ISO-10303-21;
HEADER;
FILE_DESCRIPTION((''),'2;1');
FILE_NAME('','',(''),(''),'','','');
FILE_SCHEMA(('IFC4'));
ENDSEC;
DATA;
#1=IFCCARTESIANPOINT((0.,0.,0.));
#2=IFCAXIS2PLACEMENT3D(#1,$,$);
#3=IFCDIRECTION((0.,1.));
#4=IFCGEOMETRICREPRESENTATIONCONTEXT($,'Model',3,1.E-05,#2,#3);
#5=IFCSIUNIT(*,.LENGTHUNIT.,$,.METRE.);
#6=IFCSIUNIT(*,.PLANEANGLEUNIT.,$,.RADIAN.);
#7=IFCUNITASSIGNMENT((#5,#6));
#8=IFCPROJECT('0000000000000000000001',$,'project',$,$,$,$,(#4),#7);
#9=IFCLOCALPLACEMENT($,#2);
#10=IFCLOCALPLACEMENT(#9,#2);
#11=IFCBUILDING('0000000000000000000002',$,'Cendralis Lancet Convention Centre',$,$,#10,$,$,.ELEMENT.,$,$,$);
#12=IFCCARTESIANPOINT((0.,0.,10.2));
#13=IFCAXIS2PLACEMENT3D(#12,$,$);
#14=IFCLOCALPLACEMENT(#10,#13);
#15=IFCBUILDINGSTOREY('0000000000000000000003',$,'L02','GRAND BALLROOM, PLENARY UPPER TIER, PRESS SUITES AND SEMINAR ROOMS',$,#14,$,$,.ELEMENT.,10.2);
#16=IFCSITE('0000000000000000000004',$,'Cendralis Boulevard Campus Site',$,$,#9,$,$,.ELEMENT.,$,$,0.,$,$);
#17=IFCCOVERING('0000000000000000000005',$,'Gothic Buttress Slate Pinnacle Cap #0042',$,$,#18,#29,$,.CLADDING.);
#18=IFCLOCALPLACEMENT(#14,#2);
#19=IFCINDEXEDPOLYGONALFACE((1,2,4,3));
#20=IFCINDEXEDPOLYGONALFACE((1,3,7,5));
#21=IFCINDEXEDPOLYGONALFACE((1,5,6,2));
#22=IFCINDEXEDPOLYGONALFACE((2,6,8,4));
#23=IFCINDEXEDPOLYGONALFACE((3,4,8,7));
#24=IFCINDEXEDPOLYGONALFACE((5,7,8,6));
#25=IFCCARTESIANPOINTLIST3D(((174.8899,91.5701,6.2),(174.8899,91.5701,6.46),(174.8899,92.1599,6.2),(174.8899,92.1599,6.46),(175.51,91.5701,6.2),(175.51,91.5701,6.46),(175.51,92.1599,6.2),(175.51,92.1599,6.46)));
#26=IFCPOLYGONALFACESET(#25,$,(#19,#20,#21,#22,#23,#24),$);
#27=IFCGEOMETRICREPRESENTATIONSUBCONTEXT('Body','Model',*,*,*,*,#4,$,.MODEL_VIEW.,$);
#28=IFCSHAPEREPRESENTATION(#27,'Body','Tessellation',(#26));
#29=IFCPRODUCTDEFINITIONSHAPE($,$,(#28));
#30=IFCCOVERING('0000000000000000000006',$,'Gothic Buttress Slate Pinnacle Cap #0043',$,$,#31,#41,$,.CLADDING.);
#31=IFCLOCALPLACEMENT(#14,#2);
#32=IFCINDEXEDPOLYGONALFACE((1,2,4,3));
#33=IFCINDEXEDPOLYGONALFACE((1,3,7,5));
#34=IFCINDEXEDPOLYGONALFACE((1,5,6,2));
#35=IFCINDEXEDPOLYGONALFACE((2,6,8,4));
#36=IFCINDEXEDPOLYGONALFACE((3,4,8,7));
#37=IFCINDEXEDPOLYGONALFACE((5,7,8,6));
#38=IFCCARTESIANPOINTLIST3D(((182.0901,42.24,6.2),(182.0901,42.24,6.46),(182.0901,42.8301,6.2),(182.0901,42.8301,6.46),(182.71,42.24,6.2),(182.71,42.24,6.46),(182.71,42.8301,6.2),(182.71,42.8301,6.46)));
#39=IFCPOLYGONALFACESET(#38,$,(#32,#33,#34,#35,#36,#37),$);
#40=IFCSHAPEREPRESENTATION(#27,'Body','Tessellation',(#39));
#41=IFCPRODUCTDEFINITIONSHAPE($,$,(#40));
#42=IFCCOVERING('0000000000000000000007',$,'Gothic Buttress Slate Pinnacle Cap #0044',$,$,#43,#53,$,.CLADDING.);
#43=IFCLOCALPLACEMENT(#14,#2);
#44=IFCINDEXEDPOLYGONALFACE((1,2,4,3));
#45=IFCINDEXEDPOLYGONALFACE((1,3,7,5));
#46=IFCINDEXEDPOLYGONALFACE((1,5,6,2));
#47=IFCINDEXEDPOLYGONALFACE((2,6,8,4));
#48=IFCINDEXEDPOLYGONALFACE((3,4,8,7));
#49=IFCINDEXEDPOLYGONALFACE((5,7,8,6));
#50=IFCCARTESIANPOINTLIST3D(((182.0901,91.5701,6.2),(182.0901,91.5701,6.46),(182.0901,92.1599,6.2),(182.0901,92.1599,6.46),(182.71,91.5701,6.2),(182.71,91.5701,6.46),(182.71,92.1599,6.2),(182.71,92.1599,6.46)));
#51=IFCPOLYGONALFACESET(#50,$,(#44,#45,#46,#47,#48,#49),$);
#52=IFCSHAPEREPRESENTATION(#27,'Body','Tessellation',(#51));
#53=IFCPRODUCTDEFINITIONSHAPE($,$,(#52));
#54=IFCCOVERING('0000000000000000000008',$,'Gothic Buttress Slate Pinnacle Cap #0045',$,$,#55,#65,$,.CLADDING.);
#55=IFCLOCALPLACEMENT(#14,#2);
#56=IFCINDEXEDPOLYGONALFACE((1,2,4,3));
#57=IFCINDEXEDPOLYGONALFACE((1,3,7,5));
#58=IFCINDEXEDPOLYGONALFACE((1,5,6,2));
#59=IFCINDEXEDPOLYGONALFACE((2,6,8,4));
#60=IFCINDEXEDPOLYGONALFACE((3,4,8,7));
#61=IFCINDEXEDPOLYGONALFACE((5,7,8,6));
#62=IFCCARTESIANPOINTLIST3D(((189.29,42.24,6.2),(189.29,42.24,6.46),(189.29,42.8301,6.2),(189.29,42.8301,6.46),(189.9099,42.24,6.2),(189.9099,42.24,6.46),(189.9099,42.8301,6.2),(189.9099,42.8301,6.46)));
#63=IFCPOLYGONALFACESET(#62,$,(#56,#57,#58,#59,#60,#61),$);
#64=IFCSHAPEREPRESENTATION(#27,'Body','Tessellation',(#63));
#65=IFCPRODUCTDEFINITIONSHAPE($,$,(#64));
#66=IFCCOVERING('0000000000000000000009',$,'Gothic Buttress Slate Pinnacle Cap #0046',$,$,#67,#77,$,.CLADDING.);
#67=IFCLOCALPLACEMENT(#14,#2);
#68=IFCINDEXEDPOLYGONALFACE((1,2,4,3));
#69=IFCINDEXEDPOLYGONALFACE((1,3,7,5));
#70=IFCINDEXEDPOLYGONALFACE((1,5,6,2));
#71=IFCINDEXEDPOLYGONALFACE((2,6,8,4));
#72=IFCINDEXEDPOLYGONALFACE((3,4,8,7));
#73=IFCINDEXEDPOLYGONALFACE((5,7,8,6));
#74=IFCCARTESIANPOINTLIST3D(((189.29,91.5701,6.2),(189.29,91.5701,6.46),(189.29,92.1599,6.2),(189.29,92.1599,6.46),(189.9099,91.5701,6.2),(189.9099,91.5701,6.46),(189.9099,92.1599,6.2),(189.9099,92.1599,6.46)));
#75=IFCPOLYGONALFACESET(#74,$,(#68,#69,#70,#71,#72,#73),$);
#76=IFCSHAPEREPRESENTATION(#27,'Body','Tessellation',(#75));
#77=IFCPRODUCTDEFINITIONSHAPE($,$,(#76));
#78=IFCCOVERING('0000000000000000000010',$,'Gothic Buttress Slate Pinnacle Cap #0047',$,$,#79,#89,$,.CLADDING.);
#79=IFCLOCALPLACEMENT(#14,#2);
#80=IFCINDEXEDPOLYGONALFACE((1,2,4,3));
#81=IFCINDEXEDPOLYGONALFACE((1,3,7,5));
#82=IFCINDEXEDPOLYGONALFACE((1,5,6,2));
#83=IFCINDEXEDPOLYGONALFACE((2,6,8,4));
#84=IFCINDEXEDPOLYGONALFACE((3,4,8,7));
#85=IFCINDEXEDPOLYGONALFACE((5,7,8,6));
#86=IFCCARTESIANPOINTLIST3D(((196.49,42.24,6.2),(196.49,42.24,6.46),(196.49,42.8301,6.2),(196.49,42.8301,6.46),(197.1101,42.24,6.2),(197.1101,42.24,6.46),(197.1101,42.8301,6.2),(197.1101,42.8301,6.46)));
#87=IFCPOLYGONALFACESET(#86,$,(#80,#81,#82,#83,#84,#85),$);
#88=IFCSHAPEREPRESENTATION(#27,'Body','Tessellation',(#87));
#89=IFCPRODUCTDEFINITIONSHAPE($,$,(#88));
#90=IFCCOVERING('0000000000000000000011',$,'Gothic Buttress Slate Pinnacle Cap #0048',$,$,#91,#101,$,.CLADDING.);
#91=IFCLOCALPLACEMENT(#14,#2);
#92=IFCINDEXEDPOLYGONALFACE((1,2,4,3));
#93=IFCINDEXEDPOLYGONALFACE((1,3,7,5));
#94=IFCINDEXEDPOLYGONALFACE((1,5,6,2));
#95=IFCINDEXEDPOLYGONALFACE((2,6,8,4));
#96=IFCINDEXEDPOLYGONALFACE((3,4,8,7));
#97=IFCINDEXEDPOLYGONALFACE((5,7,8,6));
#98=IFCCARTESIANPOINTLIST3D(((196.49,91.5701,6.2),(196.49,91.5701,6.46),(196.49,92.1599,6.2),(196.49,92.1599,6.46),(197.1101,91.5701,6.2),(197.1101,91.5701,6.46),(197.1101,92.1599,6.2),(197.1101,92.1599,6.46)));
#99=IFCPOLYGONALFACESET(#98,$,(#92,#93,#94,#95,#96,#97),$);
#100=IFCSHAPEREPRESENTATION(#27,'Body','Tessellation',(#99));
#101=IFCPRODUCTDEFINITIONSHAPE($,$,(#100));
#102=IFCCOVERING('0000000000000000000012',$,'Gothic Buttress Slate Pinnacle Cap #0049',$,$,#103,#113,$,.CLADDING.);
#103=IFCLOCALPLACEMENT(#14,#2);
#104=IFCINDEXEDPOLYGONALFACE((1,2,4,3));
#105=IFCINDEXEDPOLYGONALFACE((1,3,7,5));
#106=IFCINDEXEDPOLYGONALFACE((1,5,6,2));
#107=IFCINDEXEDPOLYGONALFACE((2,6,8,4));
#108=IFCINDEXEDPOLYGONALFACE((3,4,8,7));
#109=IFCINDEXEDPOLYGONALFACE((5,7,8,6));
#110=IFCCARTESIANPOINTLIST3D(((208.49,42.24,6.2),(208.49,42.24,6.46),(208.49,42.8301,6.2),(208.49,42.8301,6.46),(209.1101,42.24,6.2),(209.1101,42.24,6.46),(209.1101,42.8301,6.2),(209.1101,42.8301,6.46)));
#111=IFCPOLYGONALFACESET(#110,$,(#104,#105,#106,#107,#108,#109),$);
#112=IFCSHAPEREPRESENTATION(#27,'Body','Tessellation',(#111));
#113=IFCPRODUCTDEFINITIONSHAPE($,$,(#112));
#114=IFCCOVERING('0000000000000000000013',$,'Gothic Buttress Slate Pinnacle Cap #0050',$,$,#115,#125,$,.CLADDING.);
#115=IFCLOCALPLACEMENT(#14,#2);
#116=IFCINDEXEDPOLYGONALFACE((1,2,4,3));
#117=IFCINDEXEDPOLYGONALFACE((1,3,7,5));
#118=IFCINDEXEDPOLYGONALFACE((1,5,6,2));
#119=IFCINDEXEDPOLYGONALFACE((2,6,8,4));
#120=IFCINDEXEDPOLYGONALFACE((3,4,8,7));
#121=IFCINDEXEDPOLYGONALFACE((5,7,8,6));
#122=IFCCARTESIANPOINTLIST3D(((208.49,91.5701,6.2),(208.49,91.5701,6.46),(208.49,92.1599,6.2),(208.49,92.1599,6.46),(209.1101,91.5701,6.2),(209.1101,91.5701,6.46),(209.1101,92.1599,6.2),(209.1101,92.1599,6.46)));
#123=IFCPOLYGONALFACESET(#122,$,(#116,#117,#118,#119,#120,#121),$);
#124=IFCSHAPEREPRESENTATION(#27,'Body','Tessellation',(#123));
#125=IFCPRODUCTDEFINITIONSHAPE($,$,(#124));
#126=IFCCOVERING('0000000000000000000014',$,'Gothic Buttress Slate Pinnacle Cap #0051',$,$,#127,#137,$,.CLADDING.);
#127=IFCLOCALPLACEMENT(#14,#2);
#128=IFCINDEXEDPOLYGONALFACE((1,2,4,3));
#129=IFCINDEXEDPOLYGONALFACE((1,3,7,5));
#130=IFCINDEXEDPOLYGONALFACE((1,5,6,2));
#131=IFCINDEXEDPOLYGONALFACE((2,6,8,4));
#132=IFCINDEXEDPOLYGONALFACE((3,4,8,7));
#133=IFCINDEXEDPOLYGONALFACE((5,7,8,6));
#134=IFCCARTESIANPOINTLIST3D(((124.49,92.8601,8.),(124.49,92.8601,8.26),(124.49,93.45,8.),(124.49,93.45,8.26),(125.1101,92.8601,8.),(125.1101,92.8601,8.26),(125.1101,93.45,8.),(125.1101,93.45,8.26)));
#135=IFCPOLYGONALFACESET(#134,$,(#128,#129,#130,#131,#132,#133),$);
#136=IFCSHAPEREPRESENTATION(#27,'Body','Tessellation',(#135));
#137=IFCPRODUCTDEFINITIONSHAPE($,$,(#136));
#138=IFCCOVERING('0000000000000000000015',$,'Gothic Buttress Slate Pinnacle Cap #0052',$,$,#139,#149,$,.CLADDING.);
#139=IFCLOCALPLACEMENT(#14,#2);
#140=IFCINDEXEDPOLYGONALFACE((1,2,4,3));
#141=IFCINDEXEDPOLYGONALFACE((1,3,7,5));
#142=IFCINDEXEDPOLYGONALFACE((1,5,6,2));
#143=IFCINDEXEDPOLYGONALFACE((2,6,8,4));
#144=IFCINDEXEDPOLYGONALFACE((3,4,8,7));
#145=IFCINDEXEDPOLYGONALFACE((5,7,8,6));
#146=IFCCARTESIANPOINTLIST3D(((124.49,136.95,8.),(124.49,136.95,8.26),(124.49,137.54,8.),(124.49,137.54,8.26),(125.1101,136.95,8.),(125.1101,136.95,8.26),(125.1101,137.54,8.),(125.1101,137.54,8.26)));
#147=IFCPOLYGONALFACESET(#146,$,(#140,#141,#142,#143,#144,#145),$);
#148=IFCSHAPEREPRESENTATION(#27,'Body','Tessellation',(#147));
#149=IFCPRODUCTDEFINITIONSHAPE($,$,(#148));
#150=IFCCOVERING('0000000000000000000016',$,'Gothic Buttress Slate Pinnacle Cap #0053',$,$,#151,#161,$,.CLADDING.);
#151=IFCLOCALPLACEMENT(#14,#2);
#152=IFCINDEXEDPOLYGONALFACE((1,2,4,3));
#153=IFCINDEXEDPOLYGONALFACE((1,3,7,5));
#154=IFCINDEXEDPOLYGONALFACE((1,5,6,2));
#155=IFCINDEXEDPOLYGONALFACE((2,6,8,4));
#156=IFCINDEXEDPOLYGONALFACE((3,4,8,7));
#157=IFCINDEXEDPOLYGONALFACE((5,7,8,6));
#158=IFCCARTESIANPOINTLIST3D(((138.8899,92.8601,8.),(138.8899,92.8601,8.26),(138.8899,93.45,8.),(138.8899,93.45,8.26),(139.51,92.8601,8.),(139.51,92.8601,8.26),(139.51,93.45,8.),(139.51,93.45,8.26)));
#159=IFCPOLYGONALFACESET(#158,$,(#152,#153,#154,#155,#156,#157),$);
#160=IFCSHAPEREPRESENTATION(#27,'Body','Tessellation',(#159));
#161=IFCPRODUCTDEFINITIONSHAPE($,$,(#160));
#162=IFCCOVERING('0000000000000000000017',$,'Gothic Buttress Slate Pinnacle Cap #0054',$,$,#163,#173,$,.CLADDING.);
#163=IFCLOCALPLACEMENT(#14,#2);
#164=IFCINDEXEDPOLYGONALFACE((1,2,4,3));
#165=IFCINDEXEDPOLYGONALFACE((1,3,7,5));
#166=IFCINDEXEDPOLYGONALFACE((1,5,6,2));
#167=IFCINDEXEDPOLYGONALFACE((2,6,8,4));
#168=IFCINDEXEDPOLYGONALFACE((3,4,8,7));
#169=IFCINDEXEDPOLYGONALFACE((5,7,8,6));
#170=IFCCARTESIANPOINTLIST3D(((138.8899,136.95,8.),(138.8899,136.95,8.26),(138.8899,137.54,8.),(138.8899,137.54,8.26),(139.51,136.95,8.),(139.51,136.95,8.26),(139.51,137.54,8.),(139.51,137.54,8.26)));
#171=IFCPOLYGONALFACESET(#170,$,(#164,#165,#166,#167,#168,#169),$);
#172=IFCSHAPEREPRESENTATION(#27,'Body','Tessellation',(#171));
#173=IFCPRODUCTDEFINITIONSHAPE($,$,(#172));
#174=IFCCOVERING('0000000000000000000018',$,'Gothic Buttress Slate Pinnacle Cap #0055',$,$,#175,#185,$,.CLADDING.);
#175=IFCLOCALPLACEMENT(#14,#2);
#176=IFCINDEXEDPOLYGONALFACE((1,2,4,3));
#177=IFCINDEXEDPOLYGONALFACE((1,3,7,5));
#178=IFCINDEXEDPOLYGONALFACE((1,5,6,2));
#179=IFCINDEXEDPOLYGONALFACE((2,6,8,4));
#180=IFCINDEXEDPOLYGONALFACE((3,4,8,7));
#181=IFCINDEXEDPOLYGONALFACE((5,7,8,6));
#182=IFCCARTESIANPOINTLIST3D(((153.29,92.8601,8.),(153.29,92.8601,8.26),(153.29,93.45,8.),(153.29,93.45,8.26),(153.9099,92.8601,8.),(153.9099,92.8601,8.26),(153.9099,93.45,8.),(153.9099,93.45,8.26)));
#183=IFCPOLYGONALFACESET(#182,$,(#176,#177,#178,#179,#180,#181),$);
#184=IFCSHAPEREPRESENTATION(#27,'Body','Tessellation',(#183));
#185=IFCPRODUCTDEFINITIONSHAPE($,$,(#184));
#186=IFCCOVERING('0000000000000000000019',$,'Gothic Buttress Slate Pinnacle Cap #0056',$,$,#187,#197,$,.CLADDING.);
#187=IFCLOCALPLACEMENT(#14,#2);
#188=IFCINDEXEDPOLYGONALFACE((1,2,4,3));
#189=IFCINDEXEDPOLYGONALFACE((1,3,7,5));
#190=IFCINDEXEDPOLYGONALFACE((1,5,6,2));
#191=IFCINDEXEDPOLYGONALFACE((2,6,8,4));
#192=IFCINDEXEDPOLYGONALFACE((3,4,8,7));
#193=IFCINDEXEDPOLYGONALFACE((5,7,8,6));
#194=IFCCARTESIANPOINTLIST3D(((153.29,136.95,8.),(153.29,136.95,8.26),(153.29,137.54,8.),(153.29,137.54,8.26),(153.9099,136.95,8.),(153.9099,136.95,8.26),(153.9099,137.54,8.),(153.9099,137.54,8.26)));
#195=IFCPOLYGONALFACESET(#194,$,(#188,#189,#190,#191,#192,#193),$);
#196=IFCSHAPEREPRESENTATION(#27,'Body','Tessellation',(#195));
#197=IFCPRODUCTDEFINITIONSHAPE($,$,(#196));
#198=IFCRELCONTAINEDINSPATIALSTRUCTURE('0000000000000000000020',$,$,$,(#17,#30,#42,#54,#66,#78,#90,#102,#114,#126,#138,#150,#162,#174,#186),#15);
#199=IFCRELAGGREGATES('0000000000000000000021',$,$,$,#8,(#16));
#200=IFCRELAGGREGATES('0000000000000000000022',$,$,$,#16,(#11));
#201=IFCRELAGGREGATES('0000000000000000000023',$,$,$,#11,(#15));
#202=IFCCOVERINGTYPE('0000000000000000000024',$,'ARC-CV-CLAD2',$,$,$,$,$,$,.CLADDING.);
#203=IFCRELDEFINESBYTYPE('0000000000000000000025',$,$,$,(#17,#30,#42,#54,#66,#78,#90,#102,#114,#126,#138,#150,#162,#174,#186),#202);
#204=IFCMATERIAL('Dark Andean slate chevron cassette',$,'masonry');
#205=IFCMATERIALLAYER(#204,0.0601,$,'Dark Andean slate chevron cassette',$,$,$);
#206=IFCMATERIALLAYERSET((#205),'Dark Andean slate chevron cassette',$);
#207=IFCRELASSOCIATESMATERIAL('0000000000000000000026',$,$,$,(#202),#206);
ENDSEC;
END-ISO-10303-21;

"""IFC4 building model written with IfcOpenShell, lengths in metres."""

from ifc_helpers import new_model, si_unit, direction, frame, origin, place, context, subcontext, project, spatial, polyline, outline, extrude, material, layer, layer_set, type_object, element, save


model = new_model("IFC4")

# Units and contexts
model_context = context("Model", 3, precision=1e-05, world=origin(), true_north=direction((0.0, 1.0)))
body_context = subcontext(model_context, "Body", "Model", "MODEL_VIEW")
ifc_project = project(units=[si_unit("LENGTHUNIT", "METRE"), si_unit("PLANEANGLEUNIT", "RADIAN")], contexts=[model_context])

# Site, building, storey
site_placement = place(None, origin())
site = spatial("IfcSite", under=ifc_project, at=site_placement, Name="Cendralis Boulevard Campus Site", CompositionType="ELEMENT", RefElevation=0.0)
building_placement = place(site_placement, origin())
building = spatial("IfcBuilding", under=site, at=building_placement, Name="Cendralis Lancet Convention Centre", CompositionType="ELEMENT")
storey_placement = place(building_placement, frame((0.0, 0.0, 10.2)))
storey = spatial("IfcBuildingStorey", under=building, at=storey_placement, Name="L02", Description="GRAND BALLROOM, PLENARY UPPER TIER, PRESS SUITES AND SEMINAR ROOMS", CompositionType="ELEMENT", Elevation=10.2)

# Coverings
ifc_material = material(Name="Dark Andean slate chevron cassette", Category="masonry")
ifc_layer = layer(ifc_material, 0.0601, Name="Dark Andean slate chevron cassette")
ifc_layer_set = layer_set([ifc_layer], Name="Dark Andean slate chevron cassette")
covering_type = type_object("IfcCoveringType", Name="ARC-CV-CLAD2", PredefinedType="CLADDING", material=ifc_layer_set)
covering_1_placement = place(storey_placement, frame((0.0, 0.0, 6.2)))
element("IfcCovering", 1, at=covering_1_placement, inside=storey, type_object=covering_type, Name="Gothic Buttress Slate Pinnacle Cap #0042", PredefinedType="CLADDING", context=body_context, shape_type="SweptSolid", body=[
    extrude(outline(polyline([(175.51, 92.1599), (174.8899, 92.1599), (174.8899, 91.5701), (175.51, 91.5701), (175.51, 92.1599)])), origin(), (0.0, 0.0, 1.0), 0.26),
])
covering_2_placement = place(storey_placement, frame((0.0, 0.0, 6.2)))
element("IfcCovering", 2, at=covering_2_placement, inside=storey, type_object=covering_type, Name="Gothic Buttress Slate Pinnacle Cap #0043", PredefinedType="CLADDING", context=body_context, shape_type="SweptSolid", body=[
    extrude(outline(polyline([(182.0901, 42.24), (182.71, 42.24), (182.71, 42.8301), (182.0901, 42.8301), (182.0901, 42.24)])), origin(), (0.0, 0.0, 1.0), 0.26),
])
covering_3_placement = place(storey_placement, frame((0.0, 0.0, 6.2)))
element("IfcCovering", 3, at=covering_3_placement, inside=storey, type_object=covering_type, Name="Gothic Buttress Slate Pinnacle Cap #0044", PredefinedType="CLADDING", context=body_context, shape_type="SweptSolid", body=[
    extrude(outline(polyline([(182.71, 92.1599), (182.0901, 92.1599), (182.0901, 91.5701), (182.71, 91.5701), (182.71, 92.1599)])), origin(), (0.0, 0.0, 1.0), 0.26),
])
covering_4_placement = place(storey_placement, frame((0.0, 0.0, 6.2)))
element("IfcCovering", 4, at=covering_4_placement, inside=storey, type_object=covering_type, Name="Gothic Buttress Slate Pinnacle Cap #0045", PredefinedType="CLADDING", context=body_context, shape_type="SweptSolid", body=[
    extrude(outline(polyline([(189.29, 42.24), (189.9099, 42.24), (189.9099, 42.8301), (189.29, 42.8301), (189.29, 42.24)])), origin(), (0.0, 0.0, 1.0), 0.26),
])
covering_5_placement = place(storey_placement, frame((0.0, 0.0, 6.2)))
element("IfcCovering", 5, at=covering_5_placement, inside=storey, type_object=covering_type, Name="Gothic Buttress Slate Pinnacle Cap #0046", PredefinedType="CLADDING", context=body_context, shape_type="SweptSolid", body=[
    extrude(outline(polyline([(189.9099, 92.1599), (189.29, 92.1599), (189.29, 91.5701), (189.9099, 91.5701), (189.9099, 92.1599)])), origin(), (0.0, 0.0, 1.0), 0.26),
])
covering_6_placement = place(storey_placement, frame((0.0, 0.0, 6.2)))
element("IfcCovering", 6, at=covering_6_placement, inside=storey, type_object=covering_type, Name="Gothic Buttress Slate Pinnacle Cap #0047", PredefinedType="CLADDING", context=body_context, shape_type="SweptSolid", body=[
    extrude(outline(polyline([(196.49, 42.24), (197.1101, 42.24), (197.1101, 42.8301), (196.49, 42.8301), (196.49, 42.24)])), origin(), (0.0, 0.0, 1.0), 0.26),
])
covering_7_placement = place(storey_placement, frame((0.0, 0.0, 6.2)))
element("IfcCovering", 7, at=covering_7_placement, inside=storey, type_object=covering_type, Name="Gothic Buttress Slate Pinnacle Cap #0048", PredefinedType="CLADDING", context=body_context, shape_type="SweptSolid", body=[
    extrude(outline(polyline([(197.1101, 92.1599), (196.49, 92.1599), (196.49, 91.5701), (197.1101, 91.5701), (197.1101, 92.1599)])), origin(), (0.0, 0.0, 1.0), 0.26),
])
covering_8_placement = place(storey_placement, frame((0.0, 0.0, 6.2)))
element("IfcCovering", 8, at=covering_8_placement, inside=storey, type_object=covering_type, Name="Gothic Buttress Slate Pinnacle Cap #0049", PredefinedType="CLADDING", context=body_context, shape_type="SweptSolid", body=[
    extrude(outline(polyline([(208.49, 42.24), (209.1101, 42.24), (209.1101, 42.8301), (208.49, 42.8301), (208.49, 42.24)])), origin(), (0.0, 0.0, 1.0), 0.26),
])
covering_9_placement = place(storey_placement, frame((0.0, 0.0, 6.2)))
element("IfcCovering", 9, at=covering_9_placement, inside=storey, type_object=covering_type, Name="Gothic Buttress Slate Pinnacle Cap #0050", PredefinedType="CLADDING", context=body_context, shape_type="SweptSolid", body=[
    extrude(outline(polyline([(209.1101, 92.1599), (208.49, 92.1599), (208.49, 91.5701), (209.1101, 91.5701), (209.1101, 92.1599)])), origin(), (0.0, 0.0, 1.0), 0.26),
])
covering_10_placement = place(storey_placement, frame((0.0, 0.0, 8.0)))
element("IfcCovering", 10, at=covering_10_placement, inside=storey, type_object=covering_type, Name="Gothic Buttress Slate Pinnacle Cap #0051", PredefinedType="CLADDING", context=body_context, shape_type="SweptSolid", body=[
    extrude(outline(polyline([(124.49, 92.8601), (125.1101, 92.8601), (125.1101, 93.45), (124.49, 93.45), (124.49, 92.8601)])), origin(), (0.0, 0.0, 1.0), 0.26),
])
covering_11_placement = place(storey_placement, frame((0.0, 0.0, 8.0)))
element("IfcCovering", 11, at=covering_11_placement, inside=storey, type_object=covering_type, Name="Gothic Buttress Slate Pinnacle Cap #0052", PredefinedType="CLADDING", context=body_context, shape_type="SweptSolid", body=[
    extrude(outline(polyline([(125.1101, 137.54), (124.49, 137.54), (124.49, 136.95), (125.1101, 136.95), (125.1101, 137.54)])), origin(), (0.0, 0.0, 1.0), 0.26),
])
covering_12_placement = place(storey_placement, frame((0.0, 0.0, 8.0)))
element("IfcCovering", 12, at=covering_12_placement, inside=storey, type_object=covering_type, Name="Gothic Buttress Slate Pinnacle Cap #0053", PredefinedType="CLADDING", context=body_context, shape_type="SweptSolid", body=[
    extrude(outline(polyline([(138.8899, 92.8601), (139.51, 92.8601), (139.51, 93.45), (138.8899, 93.45), (138.8899, 92.8601)])), origin(), (0.0, 0.0, 1.0), 0.26),
])
covering_13_placement = place(storey_placement, frame((0.0, 0.0, 8.0)))
element("IfcCovering", 13, at=covering_13_placement, inside=storey, type_object=covering_type, Name="Gothic Buttress Slate Pinnacle Cap #0054", PredefinedType="CLADDING", context=body_context, shape_type="SweptSolid", body=[
    extrude(outline(polyline([(139.51, 137.54), (138.8899, 137.54), (138.8899, 136.95), (139.51, 136.95), (139.51, 137.54)])), origin(), (0.0, 0.0, 1.0), 0.26),
])
covering_14_placement = place(storey_placement, frame((0.0, 0.0, 8.0)))
element("IfcCovering", 14, at=covering_14_placement, inside=storey, type_object=covering_type, Name="Gothic Buttress Slate Pinnacle Cap #0055", PredefinedType="CLADDING", context=body_context, shape_type="SweptSolid", body=[
    extrude(outline(polyline([(153.29, 92.8601), (153.9099, 92.8601), (153.9099, 93.45), (153.29, 93.45), (153.29, 92.8601)])), origin(), (0.0, 0.0, 1.0), 0.26),
])
covering_15_placement = place(storey_placement, frame((0.0, 0.0, 8.0)))
element("IfcCovering", 15, at=covering_15_placement, inside=storey, type_object=covering_type, Name="Gothic Buttress Slate Pinnacle Cap #0056", PredefinedType="CLADDING", context=body_context, shape_type="SweptSolid", body=[
    extrude(outline(polyline([(153.9099, 137.54), (153.29, 137.54), (153.29, 136.95), (153.9099, 136.95), (153.9099, 137.54)])), origin(), (0.0, 0.0, 1.0), 0.26),
])

save(model, "model.ifc")
